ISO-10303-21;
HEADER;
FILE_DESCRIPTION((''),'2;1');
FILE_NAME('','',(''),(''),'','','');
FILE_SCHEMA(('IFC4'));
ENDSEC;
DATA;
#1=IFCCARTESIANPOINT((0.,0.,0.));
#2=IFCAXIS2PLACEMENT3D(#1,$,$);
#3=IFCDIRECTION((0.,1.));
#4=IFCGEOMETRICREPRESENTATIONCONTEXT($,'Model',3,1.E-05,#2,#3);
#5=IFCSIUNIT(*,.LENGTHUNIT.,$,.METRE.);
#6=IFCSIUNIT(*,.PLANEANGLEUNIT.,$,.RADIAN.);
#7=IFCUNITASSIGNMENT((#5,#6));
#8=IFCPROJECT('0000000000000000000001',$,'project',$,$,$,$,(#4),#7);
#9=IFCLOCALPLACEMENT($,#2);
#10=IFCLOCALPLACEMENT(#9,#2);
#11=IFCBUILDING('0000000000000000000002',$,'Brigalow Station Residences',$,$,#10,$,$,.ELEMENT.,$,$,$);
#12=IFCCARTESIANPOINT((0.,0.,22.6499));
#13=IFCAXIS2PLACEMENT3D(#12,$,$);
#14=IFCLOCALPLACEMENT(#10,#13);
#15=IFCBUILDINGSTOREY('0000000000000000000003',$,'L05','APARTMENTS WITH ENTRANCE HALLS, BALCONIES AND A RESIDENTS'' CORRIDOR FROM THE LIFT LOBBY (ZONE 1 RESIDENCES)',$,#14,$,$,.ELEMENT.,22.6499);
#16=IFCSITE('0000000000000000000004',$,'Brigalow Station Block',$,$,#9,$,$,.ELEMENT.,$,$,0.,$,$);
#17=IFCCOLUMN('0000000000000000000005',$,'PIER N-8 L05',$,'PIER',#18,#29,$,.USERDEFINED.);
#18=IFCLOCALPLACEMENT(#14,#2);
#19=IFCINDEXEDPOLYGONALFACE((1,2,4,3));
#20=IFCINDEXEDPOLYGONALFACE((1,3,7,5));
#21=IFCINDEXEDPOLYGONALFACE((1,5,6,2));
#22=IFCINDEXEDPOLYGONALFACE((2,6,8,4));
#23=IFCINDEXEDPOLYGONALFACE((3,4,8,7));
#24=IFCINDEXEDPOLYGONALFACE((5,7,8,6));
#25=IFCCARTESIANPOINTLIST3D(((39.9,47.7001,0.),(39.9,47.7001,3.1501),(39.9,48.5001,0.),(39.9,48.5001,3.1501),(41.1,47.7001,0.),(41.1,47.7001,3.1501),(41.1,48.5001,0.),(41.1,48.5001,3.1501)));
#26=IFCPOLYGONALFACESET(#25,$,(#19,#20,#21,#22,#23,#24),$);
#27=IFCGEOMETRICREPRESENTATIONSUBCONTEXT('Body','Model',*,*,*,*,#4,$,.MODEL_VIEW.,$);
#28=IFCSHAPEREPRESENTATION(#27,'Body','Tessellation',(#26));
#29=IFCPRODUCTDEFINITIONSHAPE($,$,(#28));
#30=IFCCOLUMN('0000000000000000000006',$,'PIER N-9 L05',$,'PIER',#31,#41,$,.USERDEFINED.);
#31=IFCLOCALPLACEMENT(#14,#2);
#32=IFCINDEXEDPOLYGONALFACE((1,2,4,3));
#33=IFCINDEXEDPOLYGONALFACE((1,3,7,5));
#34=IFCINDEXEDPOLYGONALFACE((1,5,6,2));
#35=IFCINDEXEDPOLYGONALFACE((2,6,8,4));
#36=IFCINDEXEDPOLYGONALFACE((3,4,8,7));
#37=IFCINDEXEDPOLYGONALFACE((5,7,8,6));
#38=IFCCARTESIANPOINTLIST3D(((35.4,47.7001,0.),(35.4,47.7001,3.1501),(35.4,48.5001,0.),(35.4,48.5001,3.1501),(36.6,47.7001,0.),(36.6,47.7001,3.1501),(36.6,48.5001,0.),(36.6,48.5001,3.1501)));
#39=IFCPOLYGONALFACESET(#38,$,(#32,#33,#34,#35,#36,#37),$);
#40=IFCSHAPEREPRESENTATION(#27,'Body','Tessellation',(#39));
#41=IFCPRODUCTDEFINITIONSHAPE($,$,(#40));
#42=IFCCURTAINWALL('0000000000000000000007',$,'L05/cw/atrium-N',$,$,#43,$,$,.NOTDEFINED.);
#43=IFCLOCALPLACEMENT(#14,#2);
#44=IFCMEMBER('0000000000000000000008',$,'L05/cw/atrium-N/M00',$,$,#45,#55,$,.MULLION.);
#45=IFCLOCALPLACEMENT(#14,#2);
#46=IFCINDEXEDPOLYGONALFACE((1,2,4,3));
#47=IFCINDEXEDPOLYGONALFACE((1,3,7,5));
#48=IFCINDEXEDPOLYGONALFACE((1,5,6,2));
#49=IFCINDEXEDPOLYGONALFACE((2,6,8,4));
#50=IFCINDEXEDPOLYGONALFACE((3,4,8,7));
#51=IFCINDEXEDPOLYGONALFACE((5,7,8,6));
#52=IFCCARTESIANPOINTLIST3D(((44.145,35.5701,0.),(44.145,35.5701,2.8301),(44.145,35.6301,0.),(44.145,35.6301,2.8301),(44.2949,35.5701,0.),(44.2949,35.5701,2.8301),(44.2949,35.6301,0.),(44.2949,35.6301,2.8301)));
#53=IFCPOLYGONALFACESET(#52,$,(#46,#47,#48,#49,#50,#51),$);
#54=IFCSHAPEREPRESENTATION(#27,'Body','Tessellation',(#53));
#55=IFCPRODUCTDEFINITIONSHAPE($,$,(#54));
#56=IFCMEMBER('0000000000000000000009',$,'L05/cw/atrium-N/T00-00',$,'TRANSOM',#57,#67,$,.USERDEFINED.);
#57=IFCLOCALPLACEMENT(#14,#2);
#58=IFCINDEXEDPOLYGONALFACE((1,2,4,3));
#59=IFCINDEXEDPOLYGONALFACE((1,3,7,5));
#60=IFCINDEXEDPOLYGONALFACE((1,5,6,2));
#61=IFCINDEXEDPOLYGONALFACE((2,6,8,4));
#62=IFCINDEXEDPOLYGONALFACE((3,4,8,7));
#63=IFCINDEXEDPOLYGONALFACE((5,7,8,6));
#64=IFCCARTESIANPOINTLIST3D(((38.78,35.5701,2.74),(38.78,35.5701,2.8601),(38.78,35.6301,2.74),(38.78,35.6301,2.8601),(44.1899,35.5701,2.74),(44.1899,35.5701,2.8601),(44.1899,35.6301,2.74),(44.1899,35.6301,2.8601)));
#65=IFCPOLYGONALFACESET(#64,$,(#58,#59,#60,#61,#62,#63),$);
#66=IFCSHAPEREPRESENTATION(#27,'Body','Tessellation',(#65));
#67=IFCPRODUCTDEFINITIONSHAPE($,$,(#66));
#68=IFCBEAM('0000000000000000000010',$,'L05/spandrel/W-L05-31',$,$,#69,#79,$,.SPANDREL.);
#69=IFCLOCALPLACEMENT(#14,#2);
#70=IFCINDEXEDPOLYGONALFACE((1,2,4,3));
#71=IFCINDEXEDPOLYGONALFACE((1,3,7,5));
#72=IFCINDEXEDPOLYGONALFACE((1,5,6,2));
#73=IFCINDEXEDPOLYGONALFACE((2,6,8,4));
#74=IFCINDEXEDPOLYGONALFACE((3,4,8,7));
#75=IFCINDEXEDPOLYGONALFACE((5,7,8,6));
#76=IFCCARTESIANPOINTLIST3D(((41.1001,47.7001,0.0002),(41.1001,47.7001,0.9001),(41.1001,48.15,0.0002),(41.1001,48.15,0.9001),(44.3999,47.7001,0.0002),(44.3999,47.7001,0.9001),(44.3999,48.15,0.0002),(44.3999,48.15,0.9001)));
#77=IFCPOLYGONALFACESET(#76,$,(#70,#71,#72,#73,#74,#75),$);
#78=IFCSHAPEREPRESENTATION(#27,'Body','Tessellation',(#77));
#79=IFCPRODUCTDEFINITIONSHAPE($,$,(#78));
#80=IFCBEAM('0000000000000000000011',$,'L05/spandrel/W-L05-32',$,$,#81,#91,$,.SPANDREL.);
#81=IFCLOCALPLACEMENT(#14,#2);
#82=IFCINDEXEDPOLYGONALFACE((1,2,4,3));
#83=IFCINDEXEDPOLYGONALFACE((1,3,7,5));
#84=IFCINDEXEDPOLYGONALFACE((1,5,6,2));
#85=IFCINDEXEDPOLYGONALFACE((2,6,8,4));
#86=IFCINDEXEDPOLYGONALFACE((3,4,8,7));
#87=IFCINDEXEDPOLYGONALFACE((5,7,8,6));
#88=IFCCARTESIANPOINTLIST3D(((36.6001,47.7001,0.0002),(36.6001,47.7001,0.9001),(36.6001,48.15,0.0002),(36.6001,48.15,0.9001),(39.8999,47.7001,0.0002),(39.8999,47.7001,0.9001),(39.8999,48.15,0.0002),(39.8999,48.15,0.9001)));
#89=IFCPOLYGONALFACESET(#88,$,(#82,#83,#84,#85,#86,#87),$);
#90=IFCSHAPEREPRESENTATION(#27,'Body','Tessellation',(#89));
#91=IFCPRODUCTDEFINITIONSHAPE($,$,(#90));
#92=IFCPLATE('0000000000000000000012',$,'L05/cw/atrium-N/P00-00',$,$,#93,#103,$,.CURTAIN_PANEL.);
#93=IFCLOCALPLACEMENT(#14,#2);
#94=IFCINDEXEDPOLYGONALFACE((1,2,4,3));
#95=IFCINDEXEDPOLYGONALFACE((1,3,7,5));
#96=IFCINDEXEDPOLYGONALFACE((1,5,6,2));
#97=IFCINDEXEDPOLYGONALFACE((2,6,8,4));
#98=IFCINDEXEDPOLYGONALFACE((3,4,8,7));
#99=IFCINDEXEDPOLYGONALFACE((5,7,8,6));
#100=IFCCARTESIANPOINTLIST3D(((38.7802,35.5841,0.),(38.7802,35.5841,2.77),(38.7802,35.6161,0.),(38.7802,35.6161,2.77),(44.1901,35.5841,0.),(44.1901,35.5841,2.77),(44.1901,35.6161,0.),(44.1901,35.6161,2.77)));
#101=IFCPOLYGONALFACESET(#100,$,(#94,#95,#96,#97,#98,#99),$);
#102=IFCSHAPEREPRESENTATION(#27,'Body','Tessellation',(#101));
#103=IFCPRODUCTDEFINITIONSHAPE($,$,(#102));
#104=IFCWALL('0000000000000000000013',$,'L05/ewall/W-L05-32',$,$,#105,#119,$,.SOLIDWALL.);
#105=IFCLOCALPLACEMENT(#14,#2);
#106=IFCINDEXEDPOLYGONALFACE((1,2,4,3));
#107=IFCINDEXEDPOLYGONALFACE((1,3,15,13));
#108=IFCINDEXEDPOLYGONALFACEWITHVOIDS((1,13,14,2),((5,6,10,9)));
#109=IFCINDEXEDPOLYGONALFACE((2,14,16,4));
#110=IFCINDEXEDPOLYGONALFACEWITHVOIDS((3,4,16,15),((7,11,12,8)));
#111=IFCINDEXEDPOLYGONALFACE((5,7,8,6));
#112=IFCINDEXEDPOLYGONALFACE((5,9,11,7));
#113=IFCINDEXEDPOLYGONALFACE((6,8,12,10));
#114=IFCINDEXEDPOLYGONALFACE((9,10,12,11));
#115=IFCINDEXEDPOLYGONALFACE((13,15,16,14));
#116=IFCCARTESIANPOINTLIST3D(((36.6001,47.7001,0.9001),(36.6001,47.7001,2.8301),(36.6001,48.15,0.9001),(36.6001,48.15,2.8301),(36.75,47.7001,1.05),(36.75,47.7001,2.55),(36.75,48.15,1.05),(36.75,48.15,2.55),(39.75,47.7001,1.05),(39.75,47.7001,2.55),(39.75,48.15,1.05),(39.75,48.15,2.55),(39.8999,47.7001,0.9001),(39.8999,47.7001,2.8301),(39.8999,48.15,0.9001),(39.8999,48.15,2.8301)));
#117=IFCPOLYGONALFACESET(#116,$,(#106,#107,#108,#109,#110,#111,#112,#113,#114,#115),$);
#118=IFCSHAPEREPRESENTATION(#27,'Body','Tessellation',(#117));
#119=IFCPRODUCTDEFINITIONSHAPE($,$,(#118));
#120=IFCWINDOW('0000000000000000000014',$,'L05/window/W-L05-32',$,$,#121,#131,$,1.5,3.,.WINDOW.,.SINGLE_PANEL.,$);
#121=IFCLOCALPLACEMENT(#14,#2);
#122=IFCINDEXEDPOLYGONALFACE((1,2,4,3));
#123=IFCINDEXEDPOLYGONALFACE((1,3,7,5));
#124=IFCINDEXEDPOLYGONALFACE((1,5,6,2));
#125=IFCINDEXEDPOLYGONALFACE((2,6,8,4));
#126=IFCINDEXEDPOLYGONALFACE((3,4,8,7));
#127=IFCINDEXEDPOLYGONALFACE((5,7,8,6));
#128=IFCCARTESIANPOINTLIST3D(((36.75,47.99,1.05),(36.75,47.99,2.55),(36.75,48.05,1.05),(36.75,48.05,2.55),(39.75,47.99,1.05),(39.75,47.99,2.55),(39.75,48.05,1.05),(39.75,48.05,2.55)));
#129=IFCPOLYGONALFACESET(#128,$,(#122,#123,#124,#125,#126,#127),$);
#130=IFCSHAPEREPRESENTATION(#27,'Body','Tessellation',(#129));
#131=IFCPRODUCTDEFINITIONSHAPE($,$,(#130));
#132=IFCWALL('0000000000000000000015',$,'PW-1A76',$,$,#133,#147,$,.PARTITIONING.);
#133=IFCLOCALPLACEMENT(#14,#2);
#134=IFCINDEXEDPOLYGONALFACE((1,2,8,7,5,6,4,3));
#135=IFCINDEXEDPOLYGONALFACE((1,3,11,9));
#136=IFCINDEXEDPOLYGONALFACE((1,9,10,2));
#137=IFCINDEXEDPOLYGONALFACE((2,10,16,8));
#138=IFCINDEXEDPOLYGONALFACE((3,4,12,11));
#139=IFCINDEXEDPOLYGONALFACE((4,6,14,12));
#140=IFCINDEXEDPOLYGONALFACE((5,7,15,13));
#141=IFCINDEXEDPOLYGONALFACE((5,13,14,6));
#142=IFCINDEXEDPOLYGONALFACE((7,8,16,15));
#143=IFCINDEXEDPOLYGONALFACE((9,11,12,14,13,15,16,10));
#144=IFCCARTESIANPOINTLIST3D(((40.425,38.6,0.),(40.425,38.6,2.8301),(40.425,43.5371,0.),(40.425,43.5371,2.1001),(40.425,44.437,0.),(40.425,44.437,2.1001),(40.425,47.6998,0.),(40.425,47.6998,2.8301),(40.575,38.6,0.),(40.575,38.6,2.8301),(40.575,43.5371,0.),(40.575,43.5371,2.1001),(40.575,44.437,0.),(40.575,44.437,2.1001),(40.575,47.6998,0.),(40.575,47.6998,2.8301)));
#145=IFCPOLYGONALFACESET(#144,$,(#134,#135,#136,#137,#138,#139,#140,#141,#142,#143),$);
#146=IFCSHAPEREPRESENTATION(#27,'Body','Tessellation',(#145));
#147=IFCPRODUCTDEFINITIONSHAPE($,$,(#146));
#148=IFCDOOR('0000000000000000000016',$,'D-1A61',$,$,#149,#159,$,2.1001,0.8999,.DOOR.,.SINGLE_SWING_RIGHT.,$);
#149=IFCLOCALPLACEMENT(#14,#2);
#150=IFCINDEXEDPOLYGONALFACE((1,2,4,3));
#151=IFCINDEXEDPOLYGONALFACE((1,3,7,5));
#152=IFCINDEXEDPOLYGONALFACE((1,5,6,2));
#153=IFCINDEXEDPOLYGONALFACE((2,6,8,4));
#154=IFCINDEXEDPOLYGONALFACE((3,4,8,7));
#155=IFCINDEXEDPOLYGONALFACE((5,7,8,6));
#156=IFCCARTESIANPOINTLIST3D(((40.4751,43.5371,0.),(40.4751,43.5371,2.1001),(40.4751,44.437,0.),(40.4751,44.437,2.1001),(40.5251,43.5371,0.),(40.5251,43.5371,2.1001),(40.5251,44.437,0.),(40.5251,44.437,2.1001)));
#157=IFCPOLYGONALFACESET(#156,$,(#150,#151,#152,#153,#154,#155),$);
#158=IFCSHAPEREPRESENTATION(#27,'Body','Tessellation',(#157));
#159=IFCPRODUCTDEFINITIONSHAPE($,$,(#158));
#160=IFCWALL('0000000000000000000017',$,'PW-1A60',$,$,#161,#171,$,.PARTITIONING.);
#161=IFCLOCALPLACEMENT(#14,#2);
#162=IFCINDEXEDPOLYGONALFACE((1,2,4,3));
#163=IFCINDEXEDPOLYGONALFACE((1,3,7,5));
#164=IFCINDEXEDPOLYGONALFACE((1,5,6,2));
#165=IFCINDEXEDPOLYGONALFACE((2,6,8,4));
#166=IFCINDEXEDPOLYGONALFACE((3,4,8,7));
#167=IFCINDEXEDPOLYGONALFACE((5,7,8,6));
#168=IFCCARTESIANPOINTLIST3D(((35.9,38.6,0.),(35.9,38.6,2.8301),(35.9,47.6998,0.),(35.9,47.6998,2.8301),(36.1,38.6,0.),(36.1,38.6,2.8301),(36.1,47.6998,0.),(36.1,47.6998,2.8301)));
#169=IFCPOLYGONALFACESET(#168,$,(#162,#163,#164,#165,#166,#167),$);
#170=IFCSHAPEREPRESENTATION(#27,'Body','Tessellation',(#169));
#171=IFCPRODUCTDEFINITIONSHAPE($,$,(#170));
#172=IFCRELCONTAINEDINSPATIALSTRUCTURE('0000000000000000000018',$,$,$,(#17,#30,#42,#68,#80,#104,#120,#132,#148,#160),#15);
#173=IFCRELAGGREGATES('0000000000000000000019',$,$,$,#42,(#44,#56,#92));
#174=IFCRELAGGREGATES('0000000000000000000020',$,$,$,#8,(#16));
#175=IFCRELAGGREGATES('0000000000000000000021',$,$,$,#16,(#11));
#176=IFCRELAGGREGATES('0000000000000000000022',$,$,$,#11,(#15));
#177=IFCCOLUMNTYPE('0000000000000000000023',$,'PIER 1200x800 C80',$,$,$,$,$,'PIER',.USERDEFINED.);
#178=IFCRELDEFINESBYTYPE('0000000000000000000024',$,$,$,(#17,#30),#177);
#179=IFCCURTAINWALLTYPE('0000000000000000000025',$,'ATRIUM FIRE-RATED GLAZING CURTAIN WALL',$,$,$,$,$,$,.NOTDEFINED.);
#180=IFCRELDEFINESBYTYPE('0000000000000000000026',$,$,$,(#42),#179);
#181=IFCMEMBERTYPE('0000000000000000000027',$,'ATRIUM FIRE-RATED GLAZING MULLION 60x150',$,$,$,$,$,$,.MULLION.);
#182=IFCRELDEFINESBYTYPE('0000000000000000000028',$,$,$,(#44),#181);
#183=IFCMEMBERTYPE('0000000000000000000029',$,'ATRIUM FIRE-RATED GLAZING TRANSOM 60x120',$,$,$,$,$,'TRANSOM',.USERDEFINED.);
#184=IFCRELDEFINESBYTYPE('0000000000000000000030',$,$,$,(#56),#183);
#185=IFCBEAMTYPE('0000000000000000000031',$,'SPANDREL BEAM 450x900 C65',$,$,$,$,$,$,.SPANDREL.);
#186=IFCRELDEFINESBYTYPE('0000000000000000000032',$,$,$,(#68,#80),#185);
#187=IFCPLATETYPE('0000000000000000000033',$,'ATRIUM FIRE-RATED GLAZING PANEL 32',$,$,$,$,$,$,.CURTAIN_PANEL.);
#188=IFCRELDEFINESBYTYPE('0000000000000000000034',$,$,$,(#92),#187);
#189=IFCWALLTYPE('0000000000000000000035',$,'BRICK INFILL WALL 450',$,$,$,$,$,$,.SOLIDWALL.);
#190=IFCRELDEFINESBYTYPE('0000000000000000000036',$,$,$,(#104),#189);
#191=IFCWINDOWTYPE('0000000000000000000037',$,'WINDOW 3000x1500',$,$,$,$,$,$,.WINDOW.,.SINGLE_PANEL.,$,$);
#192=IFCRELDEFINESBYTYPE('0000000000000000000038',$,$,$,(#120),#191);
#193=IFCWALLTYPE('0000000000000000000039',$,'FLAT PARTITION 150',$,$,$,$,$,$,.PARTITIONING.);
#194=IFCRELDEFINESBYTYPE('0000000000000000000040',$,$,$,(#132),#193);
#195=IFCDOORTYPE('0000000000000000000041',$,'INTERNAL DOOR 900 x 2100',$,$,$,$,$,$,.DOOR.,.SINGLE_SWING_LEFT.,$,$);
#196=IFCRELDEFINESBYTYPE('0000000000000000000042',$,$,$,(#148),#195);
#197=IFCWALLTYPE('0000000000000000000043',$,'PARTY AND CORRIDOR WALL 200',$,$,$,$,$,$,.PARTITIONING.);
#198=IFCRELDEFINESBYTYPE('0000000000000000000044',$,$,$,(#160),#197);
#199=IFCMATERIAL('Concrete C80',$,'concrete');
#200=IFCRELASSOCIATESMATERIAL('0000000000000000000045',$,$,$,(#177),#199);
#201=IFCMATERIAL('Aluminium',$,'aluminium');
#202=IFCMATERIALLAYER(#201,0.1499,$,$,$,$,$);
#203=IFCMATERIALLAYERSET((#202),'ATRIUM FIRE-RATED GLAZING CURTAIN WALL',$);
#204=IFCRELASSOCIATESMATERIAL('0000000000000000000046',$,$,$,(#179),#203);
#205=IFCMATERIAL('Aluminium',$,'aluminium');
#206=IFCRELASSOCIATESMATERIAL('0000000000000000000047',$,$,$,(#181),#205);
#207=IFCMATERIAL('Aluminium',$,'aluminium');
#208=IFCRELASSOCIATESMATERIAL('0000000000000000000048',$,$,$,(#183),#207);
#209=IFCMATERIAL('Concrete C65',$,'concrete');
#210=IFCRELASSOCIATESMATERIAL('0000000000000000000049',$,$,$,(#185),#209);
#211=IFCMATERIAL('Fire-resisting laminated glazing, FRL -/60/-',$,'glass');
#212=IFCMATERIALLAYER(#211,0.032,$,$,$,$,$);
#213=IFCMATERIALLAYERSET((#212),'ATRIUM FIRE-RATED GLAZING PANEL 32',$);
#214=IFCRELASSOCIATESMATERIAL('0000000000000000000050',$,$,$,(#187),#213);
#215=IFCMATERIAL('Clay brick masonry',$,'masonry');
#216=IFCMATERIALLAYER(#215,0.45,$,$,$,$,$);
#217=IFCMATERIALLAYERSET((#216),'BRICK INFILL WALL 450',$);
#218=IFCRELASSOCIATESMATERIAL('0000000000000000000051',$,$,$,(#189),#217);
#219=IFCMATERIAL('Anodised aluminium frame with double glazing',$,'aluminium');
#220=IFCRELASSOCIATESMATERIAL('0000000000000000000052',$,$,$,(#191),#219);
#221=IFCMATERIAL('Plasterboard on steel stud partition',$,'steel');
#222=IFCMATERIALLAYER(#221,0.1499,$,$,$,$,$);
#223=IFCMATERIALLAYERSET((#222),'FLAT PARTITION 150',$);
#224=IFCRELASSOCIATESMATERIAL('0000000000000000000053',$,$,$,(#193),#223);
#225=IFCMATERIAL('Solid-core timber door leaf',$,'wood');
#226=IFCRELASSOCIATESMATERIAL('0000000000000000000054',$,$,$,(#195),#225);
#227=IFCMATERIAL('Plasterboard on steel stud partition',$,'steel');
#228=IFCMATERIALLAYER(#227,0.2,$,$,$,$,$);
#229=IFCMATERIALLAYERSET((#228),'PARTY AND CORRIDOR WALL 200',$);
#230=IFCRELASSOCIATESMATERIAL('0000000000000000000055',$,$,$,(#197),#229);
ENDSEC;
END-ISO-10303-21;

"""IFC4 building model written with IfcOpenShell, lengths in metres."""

from ifc_helpers import new_model, si_unit, direction, frame, frame_2d, origin, origin_2d, place, context, subcontext, project, spatial, rectangle, extrude, material, layer, layer_set, material_profile, profile_set, type_object, element, fill, aggregate, save


model = new_model("IFC4")

# Units and contexts
model_context = context("Model", 3, precision=1e-05, world=origin(), true_north=direction((0.0, 1.0)))
body_context = subcontext(model_context, "Body", "Model", "MODEL_VIEW")
ifc_project = project(units=[si_unit("LENGTHUNIT", "METRE"), si_unit("PLANEANGLEUNIT", "RADIAN")], contexts=[model_context])

# Site, building, storey
site_placement = place(None, origin())
site = spatial("IfcSite", under=ifc_project, at=site_placement, Name="Brigalow Station Block", CompositionType="ELEMENT", RefElevation=0.0)
building_placement = place(site_placement, origin())
building = spatial("IfcBuilding", under=site, at=building_placement, Name="Brigalow Station Residences", CompositionType="ELEMENT")
storey_placement = place(building_placement, frame((0.0, 0.0, 22.6499)))
storey = spatial("IfcBuildingStorey", under=building, at=storey_placement, Name="L05", Description="APARTMENTS WITH ENTRANCE HALLS, BALCONIES AND A RESIDENTS' CORRIDOR FROM THE LIFT LOBBY (ZONE 1 RESIDENCES)", CompositionType="ELEMENT", Elevation=22.6499)

# Columns
ifc_material_1 = material(Name="Concrete C80", Category="concrete")
ifc_material_profile_1 = material_profile(ifc_material_1, rectangle(XDim=1.2, YDim=0.8, at=origin_2d()), Name="RC1200x800")
ifc_profile_set_1 = profile_set([ifc_material_profile_1], Name="Concrete C80")
column_type = type_object("IfcColumnType", Name="PIER 1200x800 C80", ElementType="PIER", PredefinedType="USERDEFINED", material=ifc_profile_set_1)
for number, where, z_axis, x_axis, name in (
    (1, (40.5, 48.1001, 0.0), (0.0, 0.0, 1.0), (-1.0, 0.0, 0.0), "PIER N-8 L05"),
    (2, (36.0, 48.1001, 0.0), (0.0, 0.0, 1.0), (-1.0, 0.0, 0.0), "PIER N-9 L05"),
):
    element("IfcColumn", number, at=place(storey_placement, frame(where, z_axis=z_axis, x_axis=x_axis)), inside=storey, type_object=column_type, Name=name, ObjectType="PIER", PredefinedType="USERDEFINED", context=body_context, shape_type="SweptSolid", body=[
        extrude(rectangle(XDim=1.2, YDim=0.8, at=origin_2d()), origin(), (0.0, 0.0, 1.0), 3.1501),
    ])

# Curtain wall, members
ifc_material_2 = material(Name="Aluminium", Category="aluminium")
ifc_layer_1 = layer(ifc_material_2, 0.1499)
ifc_layer_set_1 = layer_set([ifc_layer_1], Name="ATRIUM FIRE-RATED GLAZING CURTAIN WALL")
curtain_wall_type = type_object("IfcCurtainWallType", Name="ATRIUM FIRE-RATED GLAZING CURTAIN WALL", PredefinedType="NOTDEFINED", material=ifc_layer_set_1)
curtain_wall_placement = place(storey_placement, origin())
curtain_wall = element("IfcCurtainWall", 3, at=curtain_wall_placement, inside=storey, type_object=curtain_wall_type, Name="L05/cw/atrium-N", PredefinedType="NOTDEFINED")
ifc_material_3 = material(Name="Aluminium", Category="aluminium")
ifc_material_profile_2 = material_profile(ifc_material_3, rectangle(XDim=0.0601, YDim=0.1499, at=origin_2d()), Name="ATRIUM FIRE-RATED GLAZING MULLION 60x150")
ifc_profile_set_2 = profile_set([ifc_material_profile_2], Name="Aluminium")
member_type_1 = type_object("IfcMemberType", Name="ATRIUM FIRE-RATED GLAZING MULLION 60x150", PredefinedType="MULLION", material=ifc_profile_set_2)
member_1_placement = place(storey_placement, frame((44.22, 35.6001, 0.0), z_axis=(0.0, 0.0, 1.0), x_axis=(0.0, -1.0, 0.0)))
member_1 = element("IfcMember", 4, at=member_1_placement, type_object=member_type_1, Name="L05/cw/atrium-N/M00", PredefinedType="MULLION", context=body_context, shape_type="SweptSolid", body=[
    extrude(rectangle(XDim=0.0601, YDim=0.1499, at=origin_2d()), origin(), (0.0, 0.0, 1.0), 2.8301),
])
ifc_material_4 = material(Name="Aluminium", Category="aluminium")
ifc_material_profile_3 = material_profile(ifc_material_4, rectangle(XDim=0.0601, YDim=0.1201, at=origin_2d()), Name="ATRIUM FIRE-RATED GLAZING TRANSOM 60x120")
ifc_profile_set_3 = profile_set([ifc_material_profile_3], Name="Aluminium")
member_type_2 = type_object("IfcMemberType", Name="ATRIUM FIRE-RATED GLAZING TRANSOM 60x120", ElementType="TRANSOM", PredefinedType="USERDEFINED", material=ifc_profile_set_3)
member_2_placement = place(storey_placement, frame((44.1899, 35.6001, 2.8), z_axis=(-1.0, 0.0, 0.0), x_axis=(0.0, -1.0, 0.0)))
member_2 = element("IfcMember", 5, at=member_2_placement, type_object=member_type_2, Name="L05/cw/atrium-N/T00-00", ObjectType="TRANSOM", PredefinedType="USERDEFINED", context=body_context, shape_type="SweptSolid", body=[
    extrude(rectangle(XDim=0.0601, YDim=0.1201, at=origin_2d()), origin(), (0.0, 0.0, 1.0), 5.4099),
])

# Beams
ifc_material_5 = material(Name="Concrete C65", Category="concrete")
ifc_material_profile_4 = material_profile(ifc_material_5, rectangle(XDim=0.45, YDim=0.8999, at=origin_2d()), Name="RC450x900")
ifc_profile_set_4 = profile_set([ifc_material_profile_4], Name="Concrete C65")
beam_type = type_object("IfcBeamType", Name="SPANDREL BEAM 450x900 C65", PredefinedType="SPANDREL", material=ifc_profile_set_4)
for number, where, z_axis, x_axis, name in (
    (6, (44.3999, 47.925, 0.4502), (-1.0, 0.0, 0.0), (0.0, -1.0, 0.0), "L05/spandrel/W-L05-31"),
    (7, (39.8999, 47.925, 0.4502), (-1.0, 0.0, 0.0), (0.0, -1.0, 0.0), "L05/spandrel/W-L05-32"),
):
    element("IfcBeam", number, at=place(storey_placement, frame(where, z_axis=z_axis, x_axis=x_axis)), inside=storey, type_object=beam_type, Name=name, PredefinedType="SPANDREL", context=body_context, shape_type="SweptSolid", body=[
        extrude(rectangle(XDim=0.45, YDim=0.8999, at=origin_2d()), origin(), (0.0, 0.0, 1.0), 3.2998),
    ])

# Plate
ifc_material_6 = material(Name="Fire-resisting laminated glazing, FRL -/60/-", Category="glass")
ifc_layer_2 = layer(ifc_material_6, 0.032)
ifc_layer_set_2 = layer_set([ifc_layer_2], Name="ATRIUM FIRE-RATED GLAZING PANEL 32")
plate_type = type_object("IfcPlateType", Name="ATRIUM FIRE-RATED GLAZING PANEL 32", PredefinedType="CURTAIN_PANEL", material=ifc_layer_set_2)
plate_placement = place(storey_placement, frame((41.4851, 35.6001, 0.0), z_axis=(0.0, 0.0, 1.0), x_axis=(-1.0, 0.0, 0.0)))
plate = element("IfcPlate", 8, at=plate_placement, type_object=plate_type, Name="L05/cw/atrium-N/P00-00", PredefinedType="CURTAIN_PANEL", context=body_context, shape_type="SweptSolid", body=[
    extrude(rectangle(XDim=5.4099, YDim=0.032, at=origin_2d()), origin(), (0.0, 0.0, 1.0), 2.77),
])
aggregate(curtain_wall, [member_1, member_2, plate])

# Wall, opening, window
ifc_material_7 = material(Name="Clay brick masonry", Category="masonry")
ifc_layer_3 = layer(ifc_material_7, 0.45)
ifc_layer_set_3 = layer_set([ifc_layer_3], Name="BRICK INFILL WALL 450")
wall_type_1 = type_object("IfcWallType", Name="BRICK INFILL WALL 450", PredefinedType="SOLIDWALL", material=ifc_layer_set_3)
wall_1_placement = place(storey_placement, frame((39.8999, 47.925, 0.9001), z_axis=(0.0, 0.0, 1.0), x_axis=(-1.0, 0.0, 0.0)))
wall_1 = element("IfcWall", 9, at=wall_1_placement, inside=storey, type_object=wall_type_1, Name="L05/ewall/W-L05-32", PredefinedType="SOLIDWALL", context=body_context, shape_type="SweptSolid", body=[
    extrude(rectangle(XDim=3.2998, YDim=0.45, at=frame_2d((1.6499, 0.0))), origin(), (0.0, 0.0, 1.0), 1.9299),
])
opening_1_placement = place(wall_1_placement, frame((0.1499, 0.0, 0.1499)))
opening_1 = element("IfcOpeningElement", 10, at=opening_1_placement, cuts=wall_1, PredefinedType="OPENING", context=body_context, shape_type="SweptSolid", body=[
    extrude(rectangle(XDim=3.0, YDim=1.5, at=frame_2d((1.5, 0.75))), frame((0.0, 0.2349, 0.0), z_axis=(0.0, -1.0, 0.0), x_axis=(1.0, 0.0, 0.0)), (0.0, 0.0, 1.0), 0.47),
])
ifc_material_8 = material(Name="Anodised aluminium frame with double glazing", Category="aluminium")
window_type = type_object("IfcWindowType", Name="WINDOW 3000x1500", PartitioningType="SINGLE_PANEL", PredefinedType="WINDOW", material=ifc_material_8)
window_placement = place(opening_1_placement, origin())
window = element("IfcWindow", 11, at=window_placement, inside=storey, type_object=window_type, Name="L05/window/W-L05-32", OverallHeight=1.5, OverallWidth=3.0, PartitioningType="SINGLE_PANEL", PredefinedType="WINDOW", context=body_context, shape_type="SweptSolid", body=[
    extrude(rectangle(XDim=3.0, YDim=1.5, at=frame_2d((1.5, 0.75))), frame((0.0, -0.0649, 0.0), z_axis=(0.0, -1.0, 0.0), x_axis=(1.0, 0.0, 0.0)), (0.0, 0.0, 1.0), 0.0601),
])
fill(opening_1, window)

# Wall, opening, door
ifc_material_9 = material(Name="Plasterboard on steel stud partition", Category="steel")
ifc_layer_4 = layer(ifc_material_9, 0.1499)
ifc_layer_set_4 = layer_set([ifc_layer_4], Name="FLAT PARTITION 150")
wall_type_2 = type_object("IfcWallType", Name="FLAT PARTITION 150", PredefinedType="PARTITIONING", material=ifc_layer_set_4)
wall_2_placement = place(storey_placement, frame((40.5, 38.6001, 0.0), z_axis=(0.0, 0.0, 1.0), x_axis=(0.0, 1.0, 0.0)))
wall_2 = element("IfcWall", 12, at=wall_2_placement, inside=storey, type_object=wall_type_2, Name="PW-1A76", PredefinedType="PARTITIONING", context=body_context, shape_type="SweptSolid", body=[
    extrude(rectangle(XDim=9.0999, YDim=0.1499, at=frame_2d((4.5498, 0.0))), origin(), (0.0, 0.0, 1.0), 2.8301),
])
opening_2_placement = place(wall_2_placement, frame((4.937, 0.0, 0.0)))
opening_2 = element("IfcOpeningElement", 13, at=opening_2_placement, cuts=wall_2, PredefinedType="OPENING", context=body_context, shape_type="SweptSolid", body=[
    extrude(rectangle(XDim=0.8999, YDim=2.1001, at=frame_2d((0.45, 1.05))), frame((0.0, 0.085, 0.0), z_axis=(0.0, -1.0, 0.0), x_axis=(1.0, 0.0, 0.0)), (0.0, 0.0, 1.0), 0.1699),
])
ifc_material_10 = material(Name="Solid-core timber door leaf", Category="wood")
door_type = type_object("IfcDoorType", Name="INTERNAL DOOR 900 x 2100", OperationType="SINGLE_SWING_LEFT", PredefinedType="DOOR", material=ifc_material_10)
door_placement = place(opening_2_placement, origin())
door = element("IfcDoor", 14, at=door_placement, inside=storey, type_object=door_type, Name="D-1A61", OperationType="SINGLE_SWING_RIGHT", OverallHeight=2.1001, OverallWidth=0.8999, PredefinedType="DOOR", context=body_context, shape_type="SweptSolid", body=[
    extrude(rectangle(XDim=0.8999, YDim=2.1001, at=frame_2d((0.45, 1.05))), frame((0.0, 0.0249, 0.0), z_axis=(0.0, -1.0, 0.0), x_axis=(1.0, 0.0, 0.0)), (0.0, 0.0, 1.0), 0.05),
])
fill(opening_2, door)

# Wall
ifc_material_11 = material(Name="Plasterboard on steel stud partition", Category="steel")
ifc_layer_5 = layer(ifc_material_11, 0.2)
ifc_layer_set_5 = layer_set([ifc_layer_5], Name="PARTY AND CORRIDOR WALL 200")
wall_type_3 = type_object("IfcWallType", Name="PARTY AND CORRIDOR WALL 200", PredefinedType="PARTITIONING", material=ifc_layer_set_5)
wall_3_placement = place(storey_placement, frame((36.0, 38.6001, 0.0), z_axis=(0.0, 0.0, 1.0), x_axis=(0.0, 1.0, 0.0)))
element("IfcWall", 15, at=wall_3_placement, inside=storey, type_object=wall_type_3, Name="PW-1A60", PredefinedType="PARTITIONING", context=body_context, shape_type="SweptSolid", body=[
    extrude(rectangle(XDim=9.0999, YDim=0.2, at=frame_2d((4.5498, 0.0))), origin(), (0.0, 0.0, 1.0), 2.8301),
])

save(model, "model.ifc")
